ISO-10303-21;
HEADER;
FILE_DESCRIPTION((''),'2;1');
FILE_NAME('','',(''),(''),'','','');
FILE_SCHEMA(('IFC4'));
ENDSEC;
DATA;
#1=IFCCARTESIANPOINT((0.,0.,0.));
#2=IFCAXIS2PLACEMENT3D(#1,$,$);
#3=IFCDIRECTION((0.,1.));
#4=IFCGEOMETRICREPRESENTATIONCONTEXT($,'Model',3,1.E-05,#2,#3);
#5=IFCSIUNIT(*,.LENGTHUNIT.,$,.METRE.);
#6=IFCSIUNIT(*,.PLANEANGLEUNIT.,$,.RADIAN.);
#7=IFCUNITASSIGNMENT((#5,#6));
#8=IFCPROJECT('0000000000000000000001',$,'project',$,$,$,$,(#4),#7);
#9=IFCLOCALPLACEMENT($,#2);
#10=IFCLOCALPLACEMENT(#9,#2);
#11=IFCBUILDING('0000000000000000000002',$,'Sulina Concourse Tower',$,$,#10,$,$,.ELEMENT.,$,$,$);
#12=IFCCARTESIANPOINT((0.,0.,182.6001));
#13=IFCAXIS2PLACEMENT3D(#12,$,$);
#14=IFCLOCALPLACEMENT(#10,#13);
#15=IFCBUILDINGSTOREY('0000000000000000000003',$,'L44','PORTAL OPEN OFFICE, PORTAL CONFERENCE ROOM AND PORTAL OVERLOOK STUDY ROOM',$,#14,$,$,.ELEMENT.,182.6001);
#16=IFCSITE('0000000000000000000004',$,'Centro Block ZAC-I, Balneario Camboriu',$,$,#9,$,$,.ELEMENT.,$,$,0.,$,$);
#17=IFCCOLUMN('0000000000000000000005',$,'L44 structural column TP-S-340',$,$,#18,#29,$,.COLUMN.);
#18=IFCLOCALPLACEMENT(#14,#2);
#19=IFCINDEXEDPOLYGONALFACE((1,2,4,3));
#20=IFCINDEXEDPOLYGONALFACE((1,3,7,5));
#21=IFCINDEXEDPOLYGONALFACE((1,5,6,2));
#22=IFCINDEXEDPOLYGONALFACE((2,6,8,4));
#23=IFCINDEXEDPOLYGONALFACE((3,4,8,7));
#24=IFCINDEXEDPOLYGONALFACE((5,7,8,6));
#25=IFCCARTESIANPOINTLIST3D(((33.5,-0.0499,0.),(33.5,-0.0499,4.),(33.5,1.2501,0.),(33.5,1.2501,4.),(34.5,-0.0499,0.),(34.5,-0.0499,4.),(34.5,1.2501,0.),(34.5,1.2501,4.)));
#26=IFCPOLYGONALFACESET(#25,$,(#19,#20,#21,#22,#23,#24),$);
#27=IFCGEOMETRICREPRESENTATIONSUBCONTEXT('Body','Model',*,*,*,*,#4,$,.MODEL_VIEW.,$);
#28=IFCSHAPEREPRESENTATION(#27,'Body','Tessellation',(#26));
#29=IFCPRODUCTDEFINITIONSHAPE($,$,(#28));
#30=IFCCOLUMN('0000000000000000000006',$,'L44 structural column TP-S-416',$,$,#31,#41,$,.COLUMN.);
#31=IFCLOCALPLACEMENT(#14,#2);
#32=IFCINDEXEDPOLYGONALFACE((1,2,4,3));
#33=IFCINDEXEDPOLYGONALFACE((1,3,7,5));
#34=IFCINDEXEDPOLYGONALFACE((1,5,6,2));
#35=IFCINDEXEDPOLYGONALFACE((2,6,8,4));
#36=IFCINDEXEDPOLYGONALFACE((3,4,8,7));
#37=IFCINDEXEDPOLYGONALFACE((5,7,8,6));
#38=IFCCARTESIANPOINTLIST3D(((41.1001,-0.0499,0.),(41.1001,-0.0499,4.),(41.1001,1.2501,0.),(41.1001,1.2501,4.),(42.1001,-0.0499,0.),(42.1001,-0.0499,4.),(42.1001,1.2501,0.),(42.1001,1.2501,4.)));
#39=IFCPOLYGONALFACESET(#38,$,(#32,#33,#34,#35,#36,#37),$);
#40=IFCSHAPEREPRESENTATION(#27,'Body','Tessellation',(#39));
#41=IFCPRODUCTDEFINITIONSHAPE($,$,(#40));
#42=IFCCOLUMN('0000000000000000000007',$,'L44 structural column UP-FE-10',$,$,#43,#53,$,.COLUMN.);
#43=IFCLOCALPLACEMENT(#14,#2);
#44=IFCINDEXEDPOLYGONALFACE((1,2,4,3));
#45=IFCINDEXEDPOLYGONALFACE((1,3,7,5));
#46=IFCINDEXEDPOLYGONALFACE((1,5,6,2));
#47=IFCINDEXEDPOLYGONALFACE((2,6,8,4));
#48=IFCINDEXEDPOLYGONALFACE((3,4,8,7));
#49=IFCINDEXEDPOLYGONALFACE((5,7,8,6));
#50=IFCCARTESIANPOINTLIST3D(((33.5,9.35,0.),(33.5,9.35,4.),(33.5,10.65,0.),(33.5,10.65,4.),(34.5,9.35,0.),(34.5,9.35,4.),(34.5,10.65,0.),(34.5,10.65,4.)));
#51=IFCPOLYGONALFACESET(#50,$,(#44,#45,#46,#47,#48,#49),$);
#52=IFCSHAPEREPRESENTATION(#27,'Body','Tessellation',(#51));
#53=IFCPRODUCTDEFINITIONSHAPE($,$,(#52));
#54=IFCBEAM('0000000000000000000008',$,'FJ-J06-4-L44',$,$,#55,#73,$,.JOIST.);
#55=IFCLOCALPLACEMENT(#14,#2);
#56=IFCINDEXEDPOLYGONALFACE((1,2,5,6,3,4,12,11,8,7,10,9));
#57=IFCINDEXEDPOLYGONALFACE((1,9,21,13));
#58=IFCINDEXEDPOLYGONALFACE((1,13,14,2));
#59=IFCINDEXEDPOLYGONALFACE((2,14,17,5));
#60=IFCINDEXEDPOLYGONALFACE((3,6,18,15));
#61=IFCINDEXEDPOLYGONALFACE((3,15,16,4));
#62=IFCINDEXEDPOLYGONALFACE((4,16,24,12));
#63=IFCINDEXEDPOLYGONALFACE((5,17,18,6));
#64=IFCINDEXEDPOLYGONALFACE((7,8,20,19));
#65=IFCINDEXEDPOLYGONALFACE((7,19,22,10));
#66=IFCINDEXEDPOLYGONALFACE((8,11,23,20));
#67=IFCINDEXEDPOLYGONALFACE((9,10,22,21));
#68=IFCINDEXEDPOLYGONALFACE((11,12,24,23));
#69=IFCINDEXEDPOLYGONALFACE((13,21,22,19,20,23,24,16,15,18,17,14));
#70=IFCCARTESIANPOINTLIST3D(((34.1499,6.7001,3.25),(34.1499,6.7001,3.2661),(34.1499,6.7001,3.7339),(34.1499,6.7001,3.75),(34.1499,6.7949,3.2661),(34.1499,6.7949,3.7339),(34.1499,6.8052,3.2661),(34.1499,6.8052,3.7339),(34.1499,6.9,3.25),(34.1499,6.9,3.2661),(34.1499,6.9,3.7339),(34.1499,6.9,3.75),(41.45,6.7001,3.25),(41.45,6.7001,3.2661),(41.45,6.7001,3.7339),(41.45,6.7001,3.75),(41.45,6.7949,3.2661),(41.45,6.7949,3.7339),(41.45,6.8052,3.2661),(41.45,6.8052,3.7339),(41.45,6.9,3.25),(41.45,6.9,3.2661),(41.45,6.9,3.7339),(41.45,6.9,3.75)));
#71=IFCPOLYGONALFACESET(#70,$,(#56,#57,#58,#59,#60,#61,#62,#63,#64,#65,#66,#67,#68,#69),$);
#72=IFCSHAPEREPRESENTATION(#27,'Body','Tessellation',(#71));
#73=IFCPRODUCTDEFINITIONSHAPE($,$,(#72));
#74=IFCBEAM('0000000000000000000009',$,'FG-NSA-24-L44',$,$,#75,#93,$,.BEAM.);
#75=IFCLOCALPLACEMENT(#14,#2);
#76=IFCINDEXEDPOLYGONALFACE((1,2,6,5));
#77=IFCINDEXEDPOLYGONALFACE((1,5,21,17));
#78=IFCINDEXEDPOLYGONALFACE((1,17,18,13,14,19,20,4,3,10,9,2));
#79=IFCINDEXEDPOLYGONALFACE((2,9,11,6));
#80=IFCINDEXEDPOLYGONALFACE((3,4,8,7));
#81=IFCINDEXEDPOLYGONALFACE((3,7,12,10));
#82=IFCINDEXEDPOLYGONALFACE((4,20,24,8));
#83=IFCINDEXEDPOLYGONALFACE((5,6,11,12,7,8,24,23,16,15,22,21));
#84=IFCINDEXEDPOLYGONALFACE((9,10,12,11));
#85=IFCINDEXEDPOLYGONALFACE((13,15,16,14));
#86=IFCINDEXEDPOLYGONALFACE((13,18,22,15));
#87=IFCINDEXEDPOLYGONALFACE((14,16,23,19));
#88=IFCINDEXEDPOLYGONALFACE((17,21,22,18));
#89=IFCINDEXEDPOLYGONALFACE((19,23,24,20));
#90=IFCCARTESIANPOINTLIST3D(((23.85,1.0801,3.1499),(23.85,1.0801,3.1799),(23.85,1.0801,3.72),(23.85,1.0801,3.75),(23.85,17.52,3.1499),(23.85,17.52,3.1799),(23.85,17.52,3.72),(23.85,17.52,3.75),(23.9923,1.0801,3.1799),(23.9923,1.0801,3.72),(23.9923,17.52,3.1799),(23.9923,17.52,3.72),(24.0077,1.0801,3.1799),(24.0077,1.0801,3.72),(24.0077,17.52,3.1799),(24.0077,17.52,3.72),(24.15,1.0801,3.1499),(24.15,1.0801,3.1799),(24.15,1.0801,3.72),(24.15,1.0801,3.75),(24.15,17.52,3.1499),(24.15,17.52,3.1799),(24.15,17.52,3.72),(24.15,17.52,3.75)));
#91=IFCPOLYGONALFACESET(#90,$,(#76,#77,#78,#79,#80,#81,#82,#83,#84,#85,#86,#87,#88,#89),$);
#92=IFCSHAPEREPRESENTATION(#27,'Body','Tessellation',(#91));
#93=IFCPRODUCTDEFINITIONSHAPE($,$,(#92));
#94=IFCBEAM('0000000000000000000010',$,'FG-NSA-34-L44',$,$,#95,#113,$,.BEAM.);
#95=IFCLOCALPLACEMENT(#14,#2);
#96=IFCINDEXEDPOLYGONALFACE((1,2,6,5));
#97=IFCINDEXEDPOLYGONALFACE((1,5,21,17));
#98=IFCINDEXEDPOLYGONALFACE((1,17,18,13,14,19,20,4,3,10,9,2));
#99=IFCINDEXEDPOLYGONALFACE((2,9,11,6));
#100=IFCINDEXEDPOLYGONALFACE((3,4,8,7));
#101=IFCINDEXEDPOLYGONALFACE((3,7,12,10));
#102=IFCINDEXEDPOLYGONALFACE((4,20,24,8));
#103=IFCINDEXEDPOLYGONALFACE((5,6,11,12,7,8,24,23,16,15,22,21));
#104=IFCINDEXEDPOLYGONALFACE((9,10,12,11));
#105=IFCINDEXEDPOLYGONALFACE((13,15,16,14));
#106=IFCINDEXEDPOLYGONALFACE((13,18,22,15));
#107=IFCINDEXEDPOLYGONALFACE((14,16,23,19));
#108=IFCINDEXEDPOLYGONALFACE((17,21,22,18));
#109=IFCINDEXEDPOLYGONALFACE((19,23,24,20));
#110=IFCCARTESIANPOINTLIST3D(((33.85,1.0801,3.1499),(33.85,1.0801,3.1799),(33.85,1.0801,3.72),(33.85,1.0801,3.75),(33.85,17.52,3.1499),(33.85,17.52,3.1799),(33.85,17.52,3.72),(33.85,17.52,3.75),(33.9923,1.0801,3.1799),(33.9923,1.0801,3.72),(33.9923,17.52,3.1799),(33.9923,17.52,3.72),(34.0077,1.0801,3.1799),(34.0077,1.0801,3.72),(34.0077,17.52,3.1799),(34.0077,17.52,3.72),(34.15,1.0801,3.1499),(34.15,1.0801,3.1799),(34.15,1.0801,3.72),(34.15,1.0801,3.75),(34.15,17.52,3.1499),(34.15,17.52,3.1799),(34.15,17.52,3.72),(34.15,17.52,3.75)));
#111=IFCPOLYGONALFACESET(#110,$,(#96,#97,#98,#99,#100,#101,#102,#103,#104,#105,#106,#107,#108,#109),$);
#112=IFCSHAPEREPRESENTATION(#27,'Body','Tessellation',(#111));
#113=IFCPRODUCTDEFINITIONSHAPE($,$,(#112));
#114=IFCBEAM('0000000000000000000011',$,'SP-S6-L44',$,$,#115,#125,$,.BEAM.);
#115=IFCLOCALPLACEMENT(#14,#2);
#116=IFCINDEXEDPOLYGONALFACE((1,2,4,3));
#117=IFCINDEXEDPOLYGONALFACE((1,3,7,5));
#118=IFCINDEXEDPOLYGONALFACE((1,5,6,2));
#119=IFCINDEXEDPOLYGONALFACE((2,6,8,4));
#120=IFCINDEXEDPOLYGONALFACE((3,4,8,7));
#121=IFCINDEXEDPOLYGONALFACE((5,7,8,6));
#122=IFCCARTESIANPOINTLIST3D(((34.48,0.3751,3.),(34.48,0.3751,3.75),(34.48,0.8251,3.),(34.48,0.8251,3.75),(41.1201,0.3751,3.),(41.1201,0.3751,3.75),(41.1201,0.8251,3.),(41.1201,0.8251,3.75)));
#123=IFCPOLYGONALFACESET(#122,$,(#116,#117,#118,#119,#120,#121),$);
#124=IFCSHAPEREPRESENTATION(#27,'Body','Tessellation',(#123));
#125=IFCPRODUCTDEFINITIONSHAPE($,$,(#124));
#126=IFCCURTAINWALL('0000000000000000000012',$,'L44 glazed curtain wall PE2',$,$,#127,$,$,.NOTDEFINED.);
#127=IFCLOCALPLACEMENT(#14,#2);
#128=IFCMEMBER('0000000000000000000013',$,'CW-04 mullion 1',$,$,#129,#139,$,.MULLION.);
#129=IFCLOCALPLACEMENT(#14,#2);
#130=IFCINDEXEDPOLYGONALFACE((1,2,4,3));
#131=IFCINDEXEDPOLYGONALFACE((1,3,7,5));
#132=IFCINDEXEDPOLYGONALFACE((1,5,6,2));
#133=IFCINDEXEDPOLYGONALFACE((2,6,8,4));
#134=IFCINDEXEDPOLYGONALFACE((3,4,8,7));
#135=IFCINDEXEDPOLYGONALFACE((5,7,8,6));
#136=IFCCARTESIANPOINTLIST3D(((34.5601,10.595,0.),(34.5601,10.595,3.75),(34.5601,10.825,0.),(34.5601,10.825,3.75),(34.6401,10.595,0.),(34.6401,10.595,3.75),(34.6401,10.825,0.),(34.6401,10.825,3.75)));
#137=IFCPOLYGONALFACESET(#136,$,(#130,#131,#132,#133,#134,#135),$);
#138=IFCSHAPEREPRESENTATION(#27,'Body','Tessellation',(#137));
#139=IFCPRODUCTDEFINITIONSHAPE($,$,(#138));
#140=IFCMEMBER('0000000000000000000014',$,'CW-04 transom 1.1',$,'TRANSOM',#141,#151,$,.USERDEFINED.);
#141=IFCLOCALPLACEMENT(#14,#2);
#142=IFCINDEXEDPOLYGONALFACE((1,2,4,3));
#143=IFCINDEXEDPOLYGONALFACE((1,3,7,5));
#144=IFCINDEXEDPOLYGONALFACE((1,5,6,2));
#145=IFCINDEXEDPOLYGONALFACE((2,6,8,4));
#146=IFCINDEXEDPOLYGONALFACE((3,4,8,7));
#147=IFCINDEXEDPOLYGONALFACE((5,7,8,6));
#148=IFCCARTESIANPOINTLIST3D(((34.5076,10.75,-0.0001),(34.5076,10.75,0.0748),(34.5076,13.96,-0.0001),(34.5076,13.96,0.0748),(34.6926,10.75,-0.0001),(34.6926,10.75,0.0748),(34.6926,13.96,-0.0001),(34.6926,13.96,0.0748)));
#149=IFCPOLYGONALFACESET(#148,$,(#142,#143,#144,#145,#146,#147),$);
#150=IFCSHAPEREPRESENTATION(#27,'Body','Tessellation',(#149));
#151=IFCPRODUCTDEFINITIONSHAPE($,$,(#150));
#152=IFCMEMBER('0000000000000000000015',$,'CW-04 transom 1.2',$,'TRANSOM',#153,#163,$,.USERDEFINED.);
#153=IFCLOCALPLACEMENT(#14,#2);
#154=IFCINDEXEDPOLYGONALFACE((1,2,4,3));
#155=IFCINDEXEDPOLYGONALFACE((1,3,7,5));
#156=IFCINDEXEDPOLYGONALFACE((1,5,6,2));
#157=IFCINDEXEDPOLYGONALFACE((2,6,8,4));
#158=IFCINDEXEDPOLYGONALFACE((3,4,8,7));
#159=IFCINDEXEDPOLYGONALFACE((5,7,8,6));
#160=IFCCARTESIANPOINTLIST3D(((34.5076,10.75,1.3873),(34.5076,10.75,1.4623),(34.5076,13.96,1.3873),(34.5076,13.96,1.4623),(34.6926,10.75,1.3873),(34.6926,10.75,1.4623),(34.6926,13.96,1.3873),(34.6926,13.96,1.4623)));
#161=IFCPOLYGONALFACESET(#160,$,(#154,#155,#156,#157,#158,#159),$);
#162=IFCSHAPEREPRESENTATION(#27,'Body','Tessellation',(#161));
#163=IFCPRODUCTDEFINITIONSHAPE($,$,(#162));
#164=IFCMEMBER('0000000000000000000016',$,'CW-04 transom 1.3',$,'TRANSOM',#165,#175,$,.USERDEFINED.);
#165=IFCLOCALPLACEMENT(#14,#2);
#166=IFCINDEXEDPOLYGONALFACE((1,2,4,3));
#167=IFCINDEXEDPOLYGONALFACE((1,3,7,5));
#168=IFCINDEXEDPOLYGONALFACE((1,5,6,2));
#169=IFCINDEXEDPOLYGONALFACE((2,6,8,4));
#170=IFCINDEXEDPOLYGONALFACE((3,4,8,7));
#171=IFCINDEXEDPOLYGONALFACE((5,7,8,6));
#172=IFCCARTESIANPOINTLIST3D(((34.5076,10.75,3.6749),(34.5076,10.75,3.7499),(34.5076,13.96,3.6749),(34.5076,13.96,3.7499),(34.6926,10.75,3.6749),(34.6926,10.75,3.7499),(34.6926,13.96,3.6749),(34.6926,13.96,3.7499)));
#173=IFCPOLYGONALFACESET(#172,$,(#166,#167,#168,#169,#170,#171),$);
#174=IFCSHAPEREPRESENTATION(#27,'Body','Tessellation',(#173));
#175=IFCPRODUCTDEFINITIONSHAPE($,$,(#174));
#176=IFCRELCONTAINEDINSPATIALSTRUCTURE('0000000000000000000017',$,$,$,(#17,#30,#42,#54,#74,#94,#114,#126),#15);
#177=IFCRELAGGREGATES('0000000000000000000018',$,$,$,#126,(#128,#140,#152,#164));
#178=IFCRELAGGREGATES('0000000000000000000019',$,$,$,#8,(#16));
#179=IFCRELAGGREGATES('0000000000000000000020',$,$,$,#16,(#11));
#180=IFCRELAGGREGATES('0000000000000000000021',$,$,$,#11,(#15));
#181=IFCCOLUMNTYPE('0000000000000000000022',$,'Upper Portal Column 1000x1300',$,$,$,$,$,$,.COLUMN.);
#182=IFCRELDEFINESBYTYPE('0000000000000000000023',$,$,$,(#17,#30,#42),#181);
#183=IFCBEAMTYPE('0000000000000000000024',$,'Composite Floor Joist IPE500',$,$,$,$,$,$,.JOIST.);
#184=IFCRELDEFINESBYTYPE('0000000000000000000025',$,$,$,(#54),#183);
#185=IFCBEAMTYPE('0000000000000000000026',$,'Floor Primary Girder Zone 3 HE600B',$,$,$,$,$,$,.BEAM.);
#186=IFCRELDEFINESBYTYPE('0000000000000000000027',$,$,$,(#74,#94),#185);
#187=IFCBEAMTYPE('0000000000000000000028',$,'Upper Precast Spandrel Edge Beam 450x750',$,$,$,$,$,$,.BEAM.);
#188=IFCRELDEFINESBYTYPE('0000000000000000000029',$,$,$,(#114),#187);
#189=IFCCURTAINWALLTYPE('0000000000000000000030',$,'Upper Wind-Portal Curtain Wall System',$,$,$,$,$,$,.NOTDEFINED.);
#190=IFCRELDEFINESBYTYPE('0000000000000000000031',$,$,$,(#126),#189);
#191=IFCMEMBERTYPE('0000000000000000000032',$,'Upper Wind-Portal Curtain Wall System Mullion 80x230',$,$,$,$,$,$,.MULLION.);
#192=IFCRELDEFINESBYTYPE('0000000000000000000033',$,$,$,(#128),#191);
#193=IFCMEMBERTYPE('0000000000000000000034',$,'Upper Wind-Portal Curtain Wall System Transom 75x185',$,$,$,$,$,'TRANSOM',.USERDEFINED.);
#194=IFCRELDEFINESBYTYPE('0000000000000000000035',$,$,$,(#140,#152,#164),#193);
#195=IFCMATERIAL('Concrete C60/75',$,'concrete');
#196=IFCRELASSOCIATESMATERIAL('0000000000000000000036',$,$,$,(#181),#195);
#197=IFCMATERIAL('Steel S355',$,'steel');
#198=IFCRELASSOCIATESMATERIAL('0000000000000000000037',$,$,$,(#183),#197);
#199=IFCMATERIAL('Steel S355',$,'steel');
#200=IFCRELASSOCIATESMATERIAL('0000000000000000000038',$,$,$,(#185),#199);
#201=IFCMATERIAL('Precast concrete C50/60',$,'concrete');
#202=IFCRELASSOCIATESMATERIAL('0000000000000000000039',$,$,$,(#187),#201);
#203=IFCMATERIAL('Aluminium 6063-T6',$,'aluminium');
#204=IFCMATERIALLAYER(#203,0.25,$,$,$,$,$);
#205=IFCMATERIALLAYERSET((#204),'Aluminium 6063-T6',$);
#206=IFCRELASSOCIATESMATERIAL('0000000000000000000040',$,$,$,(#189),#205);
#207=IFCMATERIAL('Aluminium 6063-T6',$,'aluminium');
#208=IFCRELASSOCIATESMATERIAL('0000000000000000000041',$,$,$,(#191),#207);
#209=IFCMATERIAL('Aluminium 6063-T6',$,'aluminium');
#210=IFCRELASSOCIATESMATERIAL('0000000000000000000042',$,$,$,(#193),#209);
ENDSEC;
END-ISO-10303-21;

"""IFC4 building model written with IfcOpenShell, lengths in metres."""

from ifc_helpers import new_model, si_unit, direction, frame, origin, origin_2d, place, context, subcontext, project, spatial, rectangle, i_section, extrude, material, layer, layer_set, material_profile, profile_set, type_object, element, aggregate, save


model = new_model("IFC4")

# Units and contexts
model_context = context("Model", 3, precision=1e-05, world=origin(), true_north=direction((0.0, 1.0)))
body_context = subcontext(model_context, "Body", "Model", "MODEL_VIEW")
ifc_project = project(units=[si_unit("LENGTHUNIT", "METRE"), si_unit("PLANEANGLEUNIT", "RADIAN")], contexts=[model_context])

# Site, building, storey
site_placement = place(None, origin())
site = spatial("IfcSite", under=ifc_project, at=site_placement, Name="Centro Block ZAC-I, Balneario Camboriu", CompositionType="ELEMENT", RefElevation=0.0)
building_placement = place(site_placement, origin())
building = spatial("IfcBuilding", under=site, at=building_placement, Name="Sulina Concourse Tower", CompositionType="ELEMENT")
storey_placement = place(building_placement, frame((0.0, 0.0, 182.6001)))
storey = spatial("IfcBuildingStorey", under=building, at=storey_placement, Name="L44", Description="PORTAL OPEN OFFICE, PORTAL CONFERENCE ROOM AND PORTAL OVERLOOK STUDY ROOM", CompositionType="ELEMENT", Elevation=182.6001)

# Columns
ifc_material_1 = material(Name="Concrete C60/75", Category="concrete")
ifc_material_profile_1 = material_profile(ifc_material_1, rectangle(XDim=1.0, YDim=1.3, at=origin_2d()), Name="RC 1000x1300")
ifc_profile_set_1 = profile_set([ifc_material_profile_1], Name="Concrete C60/75")
column_type = type_object("IfcColumnType", Name="Upper Portal Column 1000x1300", PredefinedType="COLUMN", material=ifc_profile_set_1)
for number, where, z_axis, x_axis, name in (
    (1, (34.0, 0.6001, 0.0), (0.0, 0.0, 1.0), (1.0, 0.0, 0.0), "L44 structural column TP-S-340"),
    (2, (41.6001, 0.6001, 0.0), (0.0, 0.0, 1.0), (1.0, 0.0, 0.0), "L44 structural column TP-S-416"),
    (3, (34.0, 10.0, 0.0), (0.0, 0.0, 1.0), (1.0, 0.0, 0.0), "L44 structural column UP-FE-10"),
):
    element("IfcColumn", number, at=place(storey_placement, frame(where, z_axis=z_axis, x_axis=x_axis)), inside=storey, type_object=column_type, Name=name, PredefinedType="COLUMN", context=body_context, shape_type="SweptSolid", body=[
        extrude(rectangle(XDim=1.0, YDim=1.3, at=origin_2d()), origin(), (0.0, 0.0, 1.0), 4.0),
    ])

# Beams
ifc_material_2 = material(Name="Steel S355", Category="steel")
ifc_material_profile_2 = material_profile(ifc_material_2, i_section(OverallWidth=0.2, OverallDepth=0.5, WebThickness=0.0103, FlangeThickness=0.0161, at=origin_2d()), Name="IPE 500")
ifc_profile_set_2 = profile_set([ifc_material_profile_2], Name="Steel S355")
beam_type_1 = type_object("IfcBeamType", Name="Composite Floor Joist IPE500", PredefinedType="JOIST", material=ifc_profile_set_2)
beam_1_placement = place(storey_placement, frame((34.1499, 6.8, 3.5), z_axis=(1.0, 0.0, 0.0), x_axis=(0.0, 1.0, 0.0)))
element("IfcBeam", 4, at=beam_1_placement, inside=storey, type_object=beam_type_1, Name="FJ-J06-4-L44", PredefinedType="JOIST", context=body_context, shape_type="SweptSolid", body=[
    extrude(i_section(OverallWidth=0.2, OverallDepth=0.5, WebThickness=0.0103, FlangeThickness=0.0161, at=origin_2d()), origin(), (0.0, 0.0, 1.0), 7.3),
])
ifc_material_3 = material(Name="Steel S355", Category="steel")
ifc_material_profile_3 = material_profile(ifc_material_3, i_section(OverallWidth=0.3, OverallDepth=0.6001, WebThickness=0.0154, FlangeThickness=0.03, at=origin_2d()), Name="HE 600 B")
ifc_profile_set_3 = profile_set([ifc_material_profile_3], Name="Steel S355")
beam_type_2 = type_object("IfcBeamType", Name="Floor Primary Girder Zone 3 HE600B", PredefinedType="BEAM", material=ifc_profile_set_3)
for number, where, z_axis, x_axis, name in (
    (5, (24.0, 1.0801, 3.45), (0.0, 1.0, 0.0), (-1.0, 0.0, 0.0), "FG-NSA-24-L44"),
    (6, (34.0, 1.0801, 3.45), (0.0, 1.0, 0.0), (-1.0, 0.0, 0.0), "FG-NSA-34-L44"),
):
    element("IfcBeam", number, at=place(storey_placement, frame(where, z_axis=z_axis, x_axis=x_axis)), inside=storey, type_object=beam_type_2, Name=name, PredefinedType="BEAM", context=body_context, shape_type="SweptSolid", body=[
        extrude(i_section(OverallWidth=0.3, OverallDepth=0.6001, WebThickness=0.0154, FlangeThickness=0.03, at=origin_2d()), origin(), (0.0, 0.0, 1.0), 16.4399),
    ])
ifc_material_4 = material(Name="Precast concrete C50/60", Category="concrete")
ifc_material_profile_4 = material_profile(ifc_material_4, rectangle(XDim=0.45, YDim=0.75, at=origin_2d()), Name="RC 450x750")
ifc_profile_set_4 = profile_set([ifc_material_profile_4], Name="Precast concrete C50/60")
beam_type_3 = type_object("IfcBeamType", Name="Upper Precast Spandrel Edge Beam 450x750", PredefinedType="BEAM", material=ifc_profile_set_4)
beam_2_placement = place(storey_placement, frame((34.48, 0.6001, 3.375), z_axis=(1.0, 0.0, 0.0), x_axis=(0.0, 1.0, 0.0)))
element("IfcBeam", 7, at=beam_2_placement, inside=storey, type_object=beam_type_3, Name="SP-S6-L44", PredefinedType="BEAM", context=body_context, shape_type="SweptSolid", body=[
    extrude(rectangle(XDim=0.45, YDim=0.75, at=origin_2d()), origin(), (0.0, 0.0, 1.0), 6.6401),
])

# Curtain wall, members
ifc_material_5 = material(Name="Aluminium 6063-T6", Category="aluminium")
ifc_layer_1 = layer(ifc_material_5, 0.25)
ifc_layer_set_1 = layer_set([ifc_layer_1], Name="Aluminium 6063-T6")
curtain_wall_type = type_object("IfcCurtainWallType", Name="Upper Wind-Portal Curtain Wall System", PredefinedType="NOTDEFINED", material=ifc_layer_set_1)
curtain_wall_placement = place(storey_placement, origin())
curtain_wall = element("IfcCurtainWall", 8, at=curtain_wall_placement, inside=storey, type_object=curtain_wall_type, Name="L44 glazed curtain wall PE2", PredefinedType="NOTDEFINED")
ifc_material_6 = material(Name="Aluminium 6063-T6", Category="aluminium")
ifc_material_profile_5 = material_profile(ifc_material_6, rectangle(XDim=0.0801, YDim=0.23, at=origin_2d()), Name="MUL 80x230")
ifc_profile_set_5 = profile_set([ifc_material_profile_5], Name="Aluminium 6063-T6")
member_type_1 = type_object("IfcMemberType", Name="Upper Wind-Portal Curtain Wall System Mullion 80x230", PredefinedType="MULLION", material=ifc_profile_set_5)
member_1_placement = place(storey_placement, frame((34.6001, 10.71, 0.0), z_axis=(0.0, 0.0, 1.0), x_axis=(-1.0, 0.0, 0.0)))
member_1 = element("IfcMember", 9, at=member_1_placement, type_object=member_type_1, Name="CW-04 mullion 1", PredefinedType="MULLION", context=body_context, shape_type="SweptSolid", body=[
    extrude(rectangle(XDim=0.0801, YDim=0.23, at=origin_2d()), origin(), (0.0, 0.0, 1.0), 3.75),
])
ifc_material_7 = material(Name="Aluminium 6063-T6", Category="aluminium")
ifc_material_profile_6 = material_profile(ifc_material_7, rectangle(XDim=0.1851, YDim=0.075, at=origin_2d()), Name="TRN 75x185")
ifc_profile_set_6 = profile_set([ifc_material_profile_6], Name="Aluminium 6063-T6")
member_type_2 = type_object("IfcMemberType", Name="Upper Wind-Portal Curtain Wall System Transom 75x185", ElementType="TRANSOM", PredefinedType="USERDEFINED", material=ifc_profile_set_6)
member_2_placement = place(storey_placement, frame((34.6001, 10.75, 0.0374), z_axis=(0.0, 1.0, 0.0), x_axis=(-1.0, 0.0, 0.0)))
member_2 = element("IfcMember", 10, at=member_2_placement, type_object=member_type_2, Name="CW-04 transom 1.1", ObjectType="TRANSOM", PredefinedType="USERDEFINED", context=body_context, shape_type="SweptSolid", body=[
    extrude(rectangle(XDim=0.1851, YDim=0.075, at=origin_2d()), origin(), (0.0, 0.0, 1.0), 3.21),
])
member_3_placement = place(storey_placement, frame((34.6001, 10.75, 1.4248), z_axis=(0.0, 1.0, 0.0), x_axis=(-1.0, 0.0, 0.0)))
member_3 = element("IfcMember", 11, at=member_3_placement, type_object=member_type_2, Name="CW-04 transom 1.2", ObjectType="TRANSOM", PredefinedType="USERDEFINED", context=body_context, shape_type="SweptSolid", body=[
    extrude(rectangle(XDim=0.1851, YDim=0.075, at=origin_2d()), origin(), (0.0, 0.0, 1.0), 3.21),
])
member_4_placement = place(storey_placement, frame((34.6001, 10.75, 3.7124), z_axis=(0.0, 1.0, 0.0), x_axis=(-1.0, 0.0, 0.0)))
member_4 = element("IfcMember", 12, at=member_4_placement, type_object=member_type_2, Name="CW-04 transom 1.3", ObjectType="TRANSOM", PredefinedType="USERDEFINED", context=body_context, shape_type="SweptSolid", body=[
    extrude(rectangle(XDim=0.1851, YDim=0.075, at=origin_2d()), origin(), (0.0, 0.0, 1.0), 3.21),
])
aggregate(curtain_wall, [member_1, member_2, member_3, member_4])

save(model, "model.ifc")
